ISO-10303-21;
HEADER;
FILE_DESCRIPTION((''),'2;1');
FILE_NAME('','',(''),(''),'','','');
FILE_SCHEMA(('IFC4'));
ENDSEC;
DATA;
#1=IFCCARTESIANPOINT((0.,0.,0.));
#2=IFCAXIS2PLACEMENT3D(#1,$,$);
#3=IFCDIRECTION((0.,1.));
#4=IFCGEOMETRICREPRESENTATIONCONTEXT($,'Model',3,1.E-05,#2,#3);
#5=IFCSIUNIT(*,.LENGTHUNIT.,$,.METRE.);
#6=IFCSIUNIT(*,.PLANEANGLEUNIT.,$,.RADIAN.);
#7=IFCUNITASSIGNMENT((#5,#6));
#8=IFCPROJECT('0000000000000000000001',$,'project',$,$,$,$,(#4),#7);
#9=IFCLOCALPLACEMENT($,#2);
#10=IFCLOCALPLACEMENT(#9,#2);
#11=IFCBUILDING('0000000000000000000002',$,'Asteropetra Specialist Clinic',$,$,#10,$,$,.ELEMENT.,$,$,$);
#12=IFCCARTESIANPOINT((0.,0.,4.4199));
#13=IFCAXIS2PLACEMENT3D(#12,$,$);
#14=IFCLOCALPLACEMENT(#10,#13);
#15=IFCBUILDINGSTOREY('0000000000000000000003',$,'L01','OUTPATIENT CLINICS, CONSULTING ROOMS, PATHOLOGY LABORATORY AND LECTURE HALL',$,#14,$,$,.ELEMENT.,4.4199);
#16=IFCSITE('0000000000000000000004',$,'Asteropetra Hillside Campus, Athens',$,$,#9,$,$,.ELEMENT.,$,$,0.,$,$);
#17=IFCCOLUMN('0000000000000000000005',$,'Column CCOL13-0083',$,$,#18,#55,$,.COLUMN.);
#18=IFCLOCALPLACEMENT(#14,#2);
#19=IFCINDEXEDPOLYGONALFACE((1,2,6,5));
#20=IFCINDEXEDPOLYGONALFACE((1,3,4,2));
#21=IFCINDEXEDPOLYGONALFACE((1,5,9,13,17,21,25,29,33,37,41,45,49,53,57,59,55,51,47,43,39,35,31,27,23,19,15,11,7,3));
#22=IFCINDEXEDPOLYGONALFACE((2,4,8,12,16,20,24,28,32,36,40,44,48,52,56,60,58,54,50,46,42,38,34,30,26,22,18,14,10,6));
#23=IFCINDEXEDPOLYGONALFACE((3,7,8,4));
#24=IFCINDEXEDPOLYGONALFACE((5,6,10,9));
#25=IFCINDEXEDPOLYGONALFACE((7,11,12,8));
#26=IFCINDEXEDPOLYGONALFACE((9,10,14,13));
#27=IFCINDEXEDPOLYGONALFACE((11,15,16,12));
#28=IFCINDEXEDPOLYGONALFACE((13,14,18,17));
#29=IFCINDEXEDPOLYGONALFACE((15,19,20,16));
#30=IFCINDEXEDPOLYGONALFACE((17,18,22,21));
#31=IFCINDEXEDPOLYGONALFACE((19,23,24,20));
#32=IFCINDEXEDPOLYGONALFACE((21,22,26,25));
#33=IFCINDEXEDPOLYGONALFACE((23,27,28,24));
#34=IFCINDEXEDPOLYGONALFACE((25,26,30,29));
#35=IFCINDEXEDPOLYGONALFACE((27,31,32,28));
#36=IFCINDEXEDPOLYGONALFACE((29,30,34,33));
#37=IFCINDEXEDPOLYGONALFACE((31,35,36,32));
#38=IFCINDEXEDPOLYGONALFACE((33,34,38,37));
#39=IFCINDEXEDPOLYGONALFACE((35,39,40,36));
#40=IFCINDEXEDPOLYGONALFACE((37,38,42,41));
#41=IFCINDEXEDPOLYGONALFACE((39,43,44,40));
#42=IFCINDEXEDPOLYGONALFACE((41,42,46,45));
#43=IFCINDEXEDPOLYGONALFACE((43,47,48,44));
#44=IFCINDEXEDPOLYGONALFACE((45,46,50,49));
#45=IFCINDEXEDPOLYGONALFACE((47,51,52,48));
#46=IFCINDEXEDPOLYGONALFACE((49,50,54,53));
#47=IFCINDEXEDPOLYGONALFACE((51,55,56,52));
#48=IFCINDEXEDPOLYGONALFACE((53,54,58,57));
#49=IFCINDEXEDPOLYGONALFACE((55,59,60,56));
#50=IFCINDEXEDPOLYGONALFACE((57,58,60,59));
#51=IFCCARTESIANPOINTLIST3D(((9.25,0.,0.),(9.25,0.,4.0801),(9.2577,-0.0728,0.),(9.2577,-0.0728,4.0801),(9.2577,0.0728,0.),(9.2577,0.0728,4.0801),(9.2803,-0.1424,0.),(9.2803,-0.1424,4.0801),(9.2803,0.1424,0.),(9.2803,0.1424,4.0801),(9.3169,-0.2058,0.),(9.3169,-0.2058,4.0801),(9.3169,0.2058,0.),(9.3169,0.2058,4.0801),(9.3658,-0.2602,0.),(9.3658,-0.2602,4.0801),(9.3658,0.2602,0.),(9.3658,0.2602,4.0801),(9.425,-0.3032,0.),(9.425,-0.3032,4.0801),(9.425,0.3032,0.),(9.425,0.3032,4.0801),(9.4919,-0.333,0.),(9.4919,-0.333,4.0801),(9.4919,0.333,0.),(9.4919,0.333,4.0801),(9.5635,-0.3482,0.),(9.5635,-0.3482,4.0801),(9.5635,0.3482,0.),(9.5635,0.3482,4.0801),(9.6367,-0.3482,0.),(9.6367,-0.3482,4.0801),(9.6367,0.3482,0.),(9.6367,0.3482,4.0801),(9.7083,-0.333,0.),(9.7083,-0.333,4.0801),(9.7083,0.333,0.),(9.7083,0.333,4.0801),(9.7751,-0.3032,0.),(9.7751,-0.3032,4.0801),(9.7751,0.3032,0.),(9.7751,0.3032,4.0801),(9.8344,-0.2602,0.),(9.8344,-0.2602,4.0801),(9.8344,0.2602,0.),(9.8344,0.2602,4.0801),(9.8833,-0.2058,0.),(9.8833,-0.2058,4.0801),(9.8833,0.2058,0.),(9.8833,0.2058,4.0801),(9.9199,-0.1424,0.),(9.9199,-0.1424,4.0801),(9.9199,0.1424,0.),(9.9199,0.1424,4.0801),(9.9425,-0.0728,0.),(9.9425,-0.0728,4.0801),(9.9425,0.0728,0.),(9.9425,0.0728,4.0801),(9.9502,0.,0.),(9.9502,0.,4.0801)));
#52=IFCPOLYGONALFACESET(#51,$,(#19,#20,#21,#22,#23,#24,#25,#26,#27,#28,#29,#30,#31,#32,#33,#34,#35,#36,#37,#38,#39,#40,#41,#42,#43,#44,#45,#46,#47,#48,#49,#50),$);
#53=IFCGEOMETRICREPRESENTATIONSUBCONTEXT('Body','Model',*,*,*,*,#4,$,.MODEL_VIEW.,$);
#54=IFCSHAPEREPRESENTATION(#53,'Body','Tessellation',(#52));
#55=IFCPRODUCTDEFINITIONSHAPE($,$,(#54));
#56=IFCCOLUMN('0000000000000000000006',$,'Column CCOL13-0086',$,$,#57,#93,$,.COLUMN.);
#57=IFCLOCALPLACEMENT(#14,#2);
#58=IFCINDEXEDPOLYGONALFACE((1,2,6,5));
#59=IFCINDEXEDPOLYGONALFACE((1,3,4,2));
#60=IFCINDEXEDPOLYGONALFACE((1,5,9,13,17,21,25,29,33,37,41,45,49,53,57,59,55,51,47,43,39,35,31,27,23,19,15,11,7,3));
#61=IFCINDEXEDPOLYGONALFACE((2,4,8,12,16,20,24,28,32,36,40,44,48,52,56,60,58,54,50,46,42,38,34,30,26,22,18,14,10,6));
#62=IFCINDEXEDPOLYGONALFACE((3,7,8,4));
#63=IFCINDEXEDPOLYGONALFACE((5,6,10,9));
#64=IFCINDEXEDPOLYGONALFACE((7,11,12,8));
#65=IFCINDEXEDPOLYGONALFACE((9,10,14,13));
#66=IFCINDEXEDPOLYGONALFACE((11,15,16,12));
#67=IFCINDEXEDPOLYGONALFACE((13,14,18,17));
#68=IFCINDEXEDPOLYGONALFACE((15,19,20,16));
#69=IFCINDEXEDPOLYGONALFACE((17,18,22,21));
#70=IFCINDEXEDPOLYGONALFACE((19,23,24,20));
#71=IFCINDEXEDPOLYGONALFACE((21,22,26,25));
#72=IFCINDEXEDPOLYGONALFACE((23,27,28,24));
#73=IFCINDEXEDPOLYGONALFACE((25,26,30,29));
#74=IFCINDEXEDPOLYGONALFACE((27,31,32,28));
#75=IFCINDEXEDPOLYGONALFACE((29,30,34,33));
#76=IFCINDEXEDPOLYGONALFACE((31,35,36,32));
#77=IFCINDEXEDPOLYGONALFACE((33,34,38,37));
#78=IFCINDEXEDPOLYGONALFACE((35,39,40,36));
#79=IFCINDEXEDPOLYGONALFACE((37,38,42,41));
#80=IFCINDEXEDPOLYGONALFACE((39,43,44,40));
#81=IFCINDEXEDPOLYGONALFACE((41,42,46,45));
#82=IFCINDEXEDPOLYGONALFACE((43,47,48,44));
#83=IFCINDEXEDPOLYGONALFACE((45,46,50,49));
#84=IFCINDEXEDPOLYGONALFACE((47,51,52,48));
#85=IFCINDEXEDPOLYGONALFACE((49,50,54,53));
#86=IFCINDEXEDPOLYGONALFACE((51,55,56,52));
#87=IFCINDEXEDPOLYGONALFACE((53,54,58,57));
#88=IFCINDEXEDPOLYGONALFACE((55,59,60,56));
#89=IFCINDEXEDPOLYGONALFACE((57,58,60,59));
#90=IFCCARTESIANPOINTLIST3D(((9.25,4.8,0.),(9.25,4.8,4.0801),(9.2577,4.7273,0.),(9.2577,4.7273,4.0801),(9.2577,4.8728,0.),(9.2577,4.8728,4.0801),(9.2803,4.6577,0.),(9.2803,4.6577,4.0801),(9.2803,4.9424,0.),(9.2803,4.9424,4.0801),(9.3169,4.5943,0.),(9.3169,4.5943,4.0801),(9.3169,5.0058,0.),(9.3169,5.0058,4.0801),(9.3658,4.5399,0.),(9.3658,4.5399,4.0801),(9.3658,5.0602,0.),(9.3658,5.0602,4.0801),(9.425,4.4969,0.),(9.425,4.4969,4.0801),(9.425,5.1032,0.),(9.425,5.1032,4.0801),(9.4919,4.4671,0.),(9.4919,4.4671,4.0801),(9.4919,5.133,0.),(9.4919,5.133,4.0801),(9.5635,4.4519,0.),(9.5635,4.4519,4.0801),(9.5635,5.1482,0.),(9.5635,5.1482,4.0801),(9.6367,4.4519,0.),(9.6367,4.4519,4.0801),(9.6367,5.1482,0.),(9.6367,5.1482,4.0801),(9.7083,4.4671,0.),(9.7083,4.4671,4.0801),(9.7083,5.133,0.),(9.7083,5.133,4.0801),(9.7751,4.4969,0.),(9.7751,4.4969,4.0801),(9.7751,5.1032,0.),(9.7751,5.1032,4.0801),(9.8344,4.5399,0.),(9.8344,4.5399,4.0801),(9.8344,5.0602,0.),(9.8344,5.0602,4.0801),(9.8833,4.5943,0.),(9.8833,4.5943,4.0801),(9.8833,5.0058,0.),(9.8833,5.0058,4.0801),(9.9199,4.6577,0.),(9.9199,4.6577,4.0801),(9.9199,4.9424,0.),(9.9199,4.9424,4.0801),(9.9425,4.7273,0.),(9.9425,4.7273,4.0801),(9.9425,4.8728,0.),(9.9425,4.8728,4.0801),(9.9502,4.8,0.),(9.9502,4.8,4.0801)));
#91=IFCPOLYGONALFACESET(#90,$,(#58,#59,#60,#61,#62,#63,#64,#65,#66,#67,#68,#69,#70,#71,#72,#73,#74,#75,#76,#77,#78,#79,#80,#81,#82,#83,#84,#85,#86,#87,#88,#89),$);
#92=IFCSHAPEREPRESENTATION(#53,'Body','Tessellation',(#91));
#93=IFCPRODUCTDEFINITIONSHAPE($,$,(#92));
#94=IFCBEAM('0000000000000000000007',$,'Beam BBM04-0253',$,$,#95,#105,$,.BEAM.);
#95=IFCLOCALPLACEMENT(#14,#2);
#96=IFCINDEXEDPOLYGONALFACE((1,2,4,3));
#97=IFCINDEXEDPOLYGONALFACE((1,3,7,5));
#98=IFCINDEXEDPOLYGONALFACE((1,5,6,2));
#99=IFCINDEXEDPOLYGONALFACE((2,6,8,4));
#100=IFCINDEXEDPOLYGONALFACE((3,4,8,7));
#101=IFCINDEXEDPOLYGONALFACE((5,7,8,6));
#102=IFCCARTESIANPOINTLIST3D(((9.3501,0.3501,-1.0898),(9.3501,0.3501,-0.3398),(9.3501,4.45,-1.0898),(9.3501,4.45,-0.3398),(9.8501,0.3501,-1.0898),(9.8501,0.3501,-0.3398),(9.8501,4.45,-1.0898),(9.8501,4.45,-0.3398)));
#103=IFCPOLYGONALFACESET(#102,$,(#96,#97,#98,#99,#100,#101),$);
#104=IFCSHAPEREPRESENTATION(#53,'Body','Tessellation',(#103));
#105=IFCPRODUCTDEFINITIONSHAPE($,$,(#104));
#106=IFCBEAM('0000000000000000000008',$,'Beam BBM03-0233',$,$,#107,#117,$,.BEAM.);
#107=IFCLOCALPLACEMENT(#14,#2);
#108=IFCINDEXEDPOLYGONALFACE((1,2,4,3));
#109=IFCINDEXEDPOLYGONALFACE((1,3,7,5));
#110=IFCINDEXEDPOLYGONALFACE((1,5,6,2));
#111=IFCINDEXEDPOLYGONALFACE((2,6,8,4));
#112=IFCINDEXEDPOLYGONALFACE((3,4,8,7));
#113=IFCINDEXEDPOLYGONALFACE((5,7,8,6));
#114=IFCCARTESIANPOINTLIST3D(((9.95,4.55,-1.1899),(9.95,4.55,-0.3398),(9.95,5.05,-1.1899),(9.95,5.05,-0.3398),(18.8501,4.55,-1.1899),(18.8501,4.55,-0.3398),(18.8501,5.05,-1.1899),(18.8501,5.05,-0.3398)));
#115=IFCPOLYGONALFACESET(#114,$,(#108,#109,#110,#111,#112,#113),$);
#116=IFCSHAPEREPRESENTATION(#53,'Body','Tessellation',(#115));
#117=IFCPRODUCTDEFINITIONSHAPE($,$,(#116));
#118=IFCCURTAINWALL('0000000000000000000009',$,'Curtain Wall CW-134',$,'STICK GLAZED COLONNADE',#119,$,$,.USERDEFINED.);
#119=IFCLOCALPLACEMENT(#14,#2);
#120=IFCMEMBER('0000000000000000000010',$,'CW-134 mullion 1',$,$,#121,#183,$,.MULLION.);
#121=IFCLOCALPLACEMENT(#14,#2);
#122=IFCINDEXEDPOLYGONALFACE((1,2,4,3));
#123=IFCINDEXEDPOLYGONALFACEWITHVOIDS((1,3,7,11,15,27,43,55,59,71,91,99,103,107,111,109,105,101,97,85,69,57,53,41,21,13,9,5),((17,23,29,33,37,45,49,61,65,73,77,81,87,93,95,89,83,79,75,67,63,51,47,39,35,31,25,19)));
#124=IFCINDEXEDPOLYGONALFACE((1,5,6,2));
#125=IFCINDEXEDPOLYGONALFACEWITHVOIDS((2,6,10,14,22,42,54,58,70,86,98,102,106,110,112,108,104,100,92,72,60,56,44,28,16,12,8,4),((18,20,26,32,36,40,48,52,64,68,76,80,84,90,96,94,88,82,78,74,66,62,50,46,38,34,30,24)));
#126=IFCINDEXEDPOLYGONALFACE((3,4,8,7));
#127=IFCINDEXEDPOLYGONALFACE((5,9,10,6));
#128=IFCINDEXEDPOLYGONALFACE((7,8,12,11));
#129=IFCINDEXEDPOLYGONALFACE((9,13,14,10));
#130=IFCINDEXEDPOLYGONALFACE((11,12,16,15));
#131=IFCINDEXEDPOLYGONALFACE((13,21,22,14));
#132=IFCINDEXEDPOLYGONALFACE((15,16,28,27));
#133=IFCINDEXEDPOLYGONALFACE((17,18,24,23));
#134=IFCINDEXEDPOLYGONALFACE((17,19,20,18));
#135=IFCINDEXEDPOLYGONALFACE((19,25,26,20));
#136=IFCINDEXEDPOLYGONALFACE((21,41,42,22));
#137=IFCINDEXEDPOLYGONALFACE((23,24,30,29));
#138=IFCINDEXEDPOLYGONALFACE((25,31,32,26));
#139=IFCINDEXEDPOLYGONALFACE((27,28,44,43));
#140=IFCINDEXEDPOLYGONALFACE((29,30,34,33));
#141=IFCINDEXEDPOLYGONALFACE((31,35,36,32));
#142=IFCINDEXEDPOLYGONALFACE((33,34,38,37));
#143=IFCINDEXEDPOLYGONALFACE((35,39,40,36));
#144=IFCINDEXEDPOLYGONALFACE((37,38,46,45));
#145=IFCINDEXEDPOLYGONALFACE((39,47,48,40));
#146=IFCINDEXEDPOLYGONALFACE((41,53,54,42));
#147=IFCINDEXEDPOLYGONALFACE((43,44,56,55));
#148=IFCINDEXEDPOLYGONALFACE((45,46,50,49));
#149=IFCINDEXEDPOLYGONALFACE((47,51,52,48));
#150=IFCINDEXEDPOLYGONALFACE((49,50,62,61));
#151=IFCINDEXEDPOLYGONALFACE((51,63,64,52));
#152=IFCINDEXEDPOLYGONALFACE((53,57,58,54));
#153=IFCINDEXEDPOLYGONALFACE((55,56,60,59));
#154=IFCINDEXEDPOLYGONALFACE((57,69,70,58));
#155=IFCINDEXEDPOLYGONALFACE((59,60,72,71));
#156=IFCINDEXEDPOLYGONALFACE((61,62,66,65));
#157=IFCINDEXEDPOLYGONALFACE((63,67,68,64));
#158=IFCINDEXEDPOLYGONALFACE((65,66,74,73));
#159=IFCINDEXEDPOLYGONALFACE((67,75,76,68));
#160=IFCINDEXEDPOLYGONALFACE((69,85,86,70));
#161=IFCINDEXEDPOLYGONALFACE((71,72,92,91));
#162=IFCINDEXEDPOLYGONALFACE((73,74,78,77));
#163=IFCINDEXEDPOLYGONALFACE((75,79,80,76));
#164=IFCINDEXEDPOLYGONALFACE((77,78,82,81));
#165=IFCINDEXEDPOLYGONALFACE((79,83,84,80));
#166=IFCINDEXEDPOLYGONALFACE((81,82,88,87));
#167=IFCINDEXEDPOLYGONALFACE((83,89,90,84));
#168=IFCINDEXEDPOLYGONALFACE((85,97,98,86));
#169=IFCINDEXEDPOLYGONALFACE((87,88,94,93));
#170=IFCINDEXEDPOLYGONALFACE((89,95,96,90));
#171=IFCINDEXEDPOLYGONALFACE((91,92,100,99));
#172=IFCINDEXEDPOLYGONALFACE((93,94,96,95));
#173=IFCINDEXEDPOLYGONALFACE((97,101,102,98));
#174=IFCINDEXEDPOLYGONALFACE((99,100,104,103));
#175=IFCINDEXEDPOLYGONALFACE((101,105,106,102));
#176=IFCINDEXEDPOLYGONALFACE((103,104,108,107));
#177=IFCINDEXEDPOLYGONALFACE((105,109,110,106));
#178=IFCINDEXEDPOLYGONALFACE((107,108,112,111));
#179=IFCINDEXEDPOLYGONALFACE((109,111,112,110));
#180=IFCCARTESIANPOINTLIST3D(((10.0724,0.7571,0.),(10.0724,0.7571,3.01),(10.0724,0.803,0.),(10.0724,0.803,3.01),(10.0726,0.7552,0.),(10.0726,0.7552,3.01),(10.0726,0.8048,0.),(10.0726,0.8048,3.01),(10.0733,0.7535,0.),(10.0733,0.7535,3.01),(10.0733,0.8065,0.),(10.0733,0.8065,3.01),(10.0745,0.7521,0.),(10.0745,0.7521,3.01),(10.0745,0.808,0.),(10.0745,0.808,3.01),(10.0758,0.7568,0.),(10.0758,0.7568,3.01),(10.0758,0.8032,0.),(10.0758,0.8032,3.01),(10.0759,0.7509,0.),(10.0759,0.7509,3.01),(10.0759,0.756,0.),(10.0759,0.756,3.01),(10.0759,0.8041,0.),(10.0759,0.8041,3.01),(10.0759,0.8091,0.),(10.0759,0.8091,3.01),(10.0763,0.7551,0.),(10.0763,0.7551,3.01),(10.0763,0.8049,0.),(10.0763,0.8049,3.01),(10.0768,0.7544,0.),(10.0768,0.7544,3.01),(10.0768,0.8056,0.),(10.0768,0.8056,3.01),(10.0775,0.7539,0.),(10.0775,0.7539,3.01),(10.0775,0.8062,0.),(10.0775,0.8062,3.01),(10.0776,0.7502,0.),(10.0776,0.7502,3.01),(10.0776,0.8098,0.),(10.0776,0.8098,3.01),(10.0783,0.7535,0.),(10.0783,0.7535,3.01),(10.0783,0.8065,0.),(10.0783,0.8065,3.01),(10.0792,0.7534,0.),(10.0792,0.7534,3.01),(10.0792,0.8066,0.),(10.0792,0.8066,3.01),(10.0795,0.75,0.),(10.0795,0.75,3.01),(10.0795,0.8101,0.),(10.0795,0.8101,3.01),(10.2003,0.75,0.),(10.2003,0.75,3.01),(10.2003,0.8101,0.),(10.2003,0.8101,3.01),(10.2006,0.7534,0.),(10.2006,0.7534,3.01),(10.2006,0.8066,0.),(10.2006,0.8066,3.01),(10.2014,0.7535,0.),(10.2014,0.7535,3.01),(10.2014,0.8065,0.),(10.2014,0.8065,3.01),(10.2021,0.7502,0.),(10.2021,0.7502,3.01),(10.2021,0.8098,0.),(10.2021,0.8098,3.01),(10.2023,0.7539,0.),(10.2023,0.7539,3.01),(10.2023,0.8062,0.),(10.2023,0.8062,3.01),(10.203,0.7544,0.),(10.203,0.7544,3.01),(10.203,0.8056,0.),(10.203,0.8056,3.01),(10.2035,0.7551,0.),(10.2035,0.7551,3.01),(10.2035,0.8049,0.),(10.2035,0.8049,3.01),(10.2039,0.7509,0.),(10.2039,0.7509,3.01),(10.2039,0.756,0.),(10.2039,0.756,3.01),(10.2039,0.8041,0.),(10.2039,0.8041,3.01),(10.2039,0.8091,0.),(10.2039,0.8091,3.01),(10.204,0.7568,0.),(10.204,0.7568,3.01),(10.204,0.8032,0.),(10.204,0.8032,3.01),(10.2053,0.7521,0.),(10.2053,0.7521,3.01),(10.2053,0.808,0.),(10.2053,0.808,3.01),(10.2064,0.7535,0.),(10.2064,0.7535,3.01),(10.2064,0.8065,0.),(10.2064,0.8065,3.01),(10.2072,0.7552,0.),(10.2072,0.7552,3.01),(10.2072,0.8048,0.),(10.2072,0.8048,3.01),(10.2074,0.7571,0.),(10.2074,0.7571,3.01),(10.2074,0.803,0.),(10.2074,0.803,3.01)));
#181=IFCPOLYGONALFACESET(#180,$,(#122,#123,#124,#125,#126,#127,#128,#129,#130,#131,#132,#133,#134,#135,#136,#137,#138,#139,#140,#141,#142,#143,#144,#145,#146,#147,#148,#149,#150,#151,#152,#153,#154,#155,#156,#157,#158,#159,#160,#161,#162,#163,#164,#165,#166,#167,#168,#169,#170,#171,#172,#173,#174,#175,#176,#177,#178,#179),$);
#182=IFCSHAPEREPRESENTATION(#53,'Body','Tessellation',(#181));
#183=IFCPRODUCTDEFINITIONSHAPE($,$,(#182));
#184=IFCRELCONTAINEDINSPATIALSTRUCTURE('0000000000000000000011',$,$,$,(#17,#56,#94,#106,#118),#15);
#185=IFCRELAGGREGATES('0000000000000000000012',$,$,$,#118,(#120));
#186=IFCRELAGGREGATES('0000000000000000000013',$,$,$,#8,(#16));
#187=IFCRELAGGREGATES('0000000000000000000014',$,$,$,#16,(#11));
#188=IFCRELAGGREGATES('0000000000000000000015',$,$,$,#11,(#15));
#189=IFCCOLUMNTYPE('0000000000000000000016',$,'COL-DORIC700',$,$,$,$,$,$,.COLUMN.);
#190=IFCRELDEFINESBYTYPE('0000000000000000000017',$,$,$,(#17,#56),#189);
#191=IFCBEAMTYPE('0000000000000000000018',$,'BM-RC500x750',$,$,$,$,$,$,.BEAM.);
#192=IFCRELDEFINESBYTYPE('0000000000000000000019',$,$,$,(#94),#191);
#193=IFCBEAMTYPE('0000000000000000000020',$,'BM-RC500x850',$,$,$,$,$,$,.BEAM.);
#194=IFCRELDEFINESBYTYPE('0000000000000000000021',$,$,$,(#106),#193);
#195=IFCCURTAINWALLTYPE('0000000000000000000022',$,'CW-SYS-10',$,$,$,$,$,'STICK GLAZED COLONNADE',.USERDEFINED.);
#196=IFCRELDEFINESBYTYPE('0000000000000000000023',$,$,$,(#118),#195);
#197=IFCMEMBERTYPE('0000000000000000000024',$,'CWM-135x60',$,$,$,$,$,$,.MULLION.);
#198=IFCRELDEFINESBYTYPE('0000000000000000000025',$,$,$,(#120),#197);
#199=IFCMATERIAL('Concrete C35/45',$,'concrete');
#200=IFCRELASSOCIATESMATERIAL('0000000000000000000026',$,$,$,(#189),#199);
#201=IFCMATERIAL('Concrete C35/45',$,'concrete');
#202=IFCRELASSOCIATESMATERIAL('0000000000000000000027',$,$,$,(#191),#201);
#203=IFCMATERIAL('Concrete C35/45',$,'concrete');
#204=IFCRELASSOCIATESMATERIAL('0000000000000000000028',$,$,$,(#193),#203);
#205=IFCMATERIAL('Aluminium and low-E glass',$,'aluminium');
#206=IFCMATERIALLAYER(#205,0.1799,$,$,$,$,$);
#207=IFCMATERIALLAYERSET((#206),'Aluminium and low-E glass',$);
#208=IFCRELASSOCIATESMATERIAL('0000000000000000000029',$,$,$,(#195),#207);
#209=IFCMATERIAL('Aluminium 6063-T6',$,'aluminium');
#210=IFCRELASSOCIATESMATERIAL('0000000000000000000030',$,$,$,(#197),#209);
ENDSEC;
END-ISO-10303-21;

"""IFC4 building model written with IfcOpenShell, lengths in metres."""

from ifc_helpers import new_model, si_unit, direction, frame, origin, origin_2d, place, context, subcontext, project, spatial, rectangle, hollow_rectangle, circle, extrude, material, layer, layer_set, material_profile, profile_set, type_object, element, aggregate, save


model = new_model("IFC4")

# Units and contexts
model_context = context("Model", 3, precision=1e-05, world=origin(), true_north=direction((0.0, 1.0)))
body_context = subcontext(model_context, "Body", "Model", "MODEL_VIEW")
ifc_project = project(units=[si_unit("LENGTHUNIT", "METRE"), si_unit("PLANEANGLEUNIT", "RADIAN")], contexts=[model_context])

# Site, building, storey
site_placement = place(None, origin())
site = spatial("IfcSite", under=ifc_project, at=site_placement, Name="Asteropetra Hillside Campus, Athens", CompositionType="ELEMENT", RefElevation=0.0)
building_placement = place(site_placement, origin())
building = spatial("IfcBuilding", under=site, at=building_placement, Name="Asteropetra Specialist Clinic", CompositionType="ELEMENT")
storey_placement = place(building_placement, frame((0.0, 0.0, 4.4199)))
storey = spatial("IfcBuildingStorey", under=building, at=storey_placement, Name="L01", Description="OUTPATIENT CLINICS, CONSULTING ROOMS, PATHOLOGY LABORATORY AND LECTURE HALL", CompositionType="ELEMENT", Elevation=4.4199)

# Columns
ifc_material_1 = material(Name="Concrete C35/45", Category="concrete")
ifc_material_profile_1 = material_profile(ifc_material_1, circle(Radius=0.3501, at=origin_2d()), Name="RCC D700")
ifc_profile_set_1 = profile_set([ifc_material_profile_1], Name="Concrete C35/45")
column_type = type_object("IfcColumnType", Name="COL-DORIC700", PredefinedType="COLUMN", material=ifc_profile_set_1)
for number, where, z_axis, x_axis, name in (
    (1, (9.6001, 0.0, 0.0), (0.0, 0.0, 1.0), (1.0, 0.0, 0.0), "Column CCOL13-0083"),
    (2, (9.6001, 4.8, 0.0), (0.0, 0.0, 1.0), (1.0, 0.0, 0.0), "Column CCOL13-0086"),
):
    element("IfcColumn", number, at=place(storey_placement, frame(where, z_axis=z_axis, x_axis=x_axis)), inside=storey, type_object=column_type, Name=name, PredefinedType="COLUMN", context=body_context, shape_type="SweptSolid", body=[
        extrude(circle(Radius=0.3501, at=origin_2d()), origin(), (0.0, 0.0, 1.0), 4.0801),
    ])

# Beams
ifc_material_2 = material(Name="Concrete C35/45", Category="concrete")
ifc_material_profile_2 = material_profile(ifc_material_2, rectangle(XDim=0.5, YDim=0.75, at=origin_2d()), Name="RCB 500x750")
ifc_profile_set_2 = profile_set([ifc_material_profile_2], Name="Concrete C35/45")
beam_type_1 = type_object("IfcBeamType", Name="BM-RC500x750", PredefinedType="BEAM", material=ifc_profile_set_2)
beam_1_placement = place(storey_placement, frame((9.6001, 0.3501, -0.7148), z_axis=(0.0, 1.0, 0.0), x_axis=(-1.0, 0.0, 0.0)))
element("IfcBeam", 3, at=beam_1_placement, inside=storey, type_object=beam_type_1, Name="Beam BBM04-0253", PredefinedType="BEAM", context=body_context, shape_type="SweptSolid", body=[
    extrude(rectangle(XDim=0.5, YDim=0.75, at=origin_2d()), origin(), (0.0, 0.0, 1.0), 4.0999),
])
ifc_material_3 = material(Name="Concrete C35/45", Category="concrete")
ifc_material_profile_3 = material_profile(ifc_material_3, rectangle(XDim=0.5, YDim=0.8501, at=origin_2d()), Name="RCB 500x850")
ifc_profile_set_3 = profile_set([ifc_material_profile_3], Name="Concrete C35/45")
beam_type_2 = type_object("IfcBeamType", Name="BM-RC500x850", PredefinedType="BEAM", material=ifc_profile_set_3)
beam_2_placement = place(storey_placement, frame((9.95, 4.8, -0.7649), z_axis=(1.0, 0.0, 0.0), x_axis=(0.0, 1.0, 0.0)))
element("IfcBeam", 4, at=beam_2_placement, inside=storey, type_object=beam_type_2, Name="Beam BBM03-0233", PredefinedType="BEAM", context=body_context, shape_type="SweptSolid", body=[
    extrude(rectangle(XDim=0.5, YDim=0.8501, at=origin_2d()), origin(), (0.0, 0.0, 1.0), 8.9001),
])

# Curtain wall, member
ifc_material_4 = material(Name="Aluminium and low-E glass", Category="aluminium")
ifc_layer_1 = layer(ifc_material_4, 0.1799)
ifc_layer_set_1 = layer_set([ifc_layer_1], Name="Aluminium and low-E glass")
curtain_wall_type_1 = type_object("IfcCurtainWallType", Name="CW-SYS-10", ElementType="STICK GLAZED COLONNADE", PredefinedType="USERDEFINED", material=ifc_layer_set_1)
curtain_wall_1_placement = place(storey_placement, origin())
curtain_wall_1 = element("IfcCurtainWall", 5, at=curtain_wall_1_placement, inside=storey, type_object=curtain_wall_type_1, Name="Curtain Wall CW-134", ObjectType="STICK GLAZED COLONNADE", PredefinedType="USERDEFINED")
ifc_material_5 = material(Name="Aluminium 6063-T6", Category="aluminium")
ifc_material_profile_4 = material_profile(ifc_material_5, hollow_rectangle(XDim=0.0601, YDim=0.135, WallThickness=0.0034, InnerFilletRadius=0.0034, OuterFilletRadius=0.0071, at=origin_2d()), Name="MUL 135x60x3.5")
ifc_profile_set_4 = profile_set([ifc_material_profile_4], Name="Aluminium 6063-T6")
member_type_1 = type_object("IfcMemberType", Name="CWM-135x60", PredefinedType="MULLION", material=ifc_profile_set_4)
member_1_placement = place(storey_placement, frame((10.1399, 0.78, 0.0), z_axis=(0.0, 0.0, 1.0), x_axis=(0.0, 1.0, 0.0)))
member_1 = element("IfcMember", 6, at=member_1_placement, type_object=member_type_1, Name="CW-134 mullion 1", PredefinedType="MULLION", context=body_context, shape_type="SweptSolid", body=[
    extrude(hollow_rectangle(XDim=0.0601, YDim=0.135, WallThickness=0.0034, InnerFilletRadius=0.0034, OuterFilletRadius=0.0071, at=origin_2d()), origin(), (0.0, 0.0, 1.0), 3.01),
])

aggregate(curtain_wall_1, [member_1])

save(model, "model.ifc")
